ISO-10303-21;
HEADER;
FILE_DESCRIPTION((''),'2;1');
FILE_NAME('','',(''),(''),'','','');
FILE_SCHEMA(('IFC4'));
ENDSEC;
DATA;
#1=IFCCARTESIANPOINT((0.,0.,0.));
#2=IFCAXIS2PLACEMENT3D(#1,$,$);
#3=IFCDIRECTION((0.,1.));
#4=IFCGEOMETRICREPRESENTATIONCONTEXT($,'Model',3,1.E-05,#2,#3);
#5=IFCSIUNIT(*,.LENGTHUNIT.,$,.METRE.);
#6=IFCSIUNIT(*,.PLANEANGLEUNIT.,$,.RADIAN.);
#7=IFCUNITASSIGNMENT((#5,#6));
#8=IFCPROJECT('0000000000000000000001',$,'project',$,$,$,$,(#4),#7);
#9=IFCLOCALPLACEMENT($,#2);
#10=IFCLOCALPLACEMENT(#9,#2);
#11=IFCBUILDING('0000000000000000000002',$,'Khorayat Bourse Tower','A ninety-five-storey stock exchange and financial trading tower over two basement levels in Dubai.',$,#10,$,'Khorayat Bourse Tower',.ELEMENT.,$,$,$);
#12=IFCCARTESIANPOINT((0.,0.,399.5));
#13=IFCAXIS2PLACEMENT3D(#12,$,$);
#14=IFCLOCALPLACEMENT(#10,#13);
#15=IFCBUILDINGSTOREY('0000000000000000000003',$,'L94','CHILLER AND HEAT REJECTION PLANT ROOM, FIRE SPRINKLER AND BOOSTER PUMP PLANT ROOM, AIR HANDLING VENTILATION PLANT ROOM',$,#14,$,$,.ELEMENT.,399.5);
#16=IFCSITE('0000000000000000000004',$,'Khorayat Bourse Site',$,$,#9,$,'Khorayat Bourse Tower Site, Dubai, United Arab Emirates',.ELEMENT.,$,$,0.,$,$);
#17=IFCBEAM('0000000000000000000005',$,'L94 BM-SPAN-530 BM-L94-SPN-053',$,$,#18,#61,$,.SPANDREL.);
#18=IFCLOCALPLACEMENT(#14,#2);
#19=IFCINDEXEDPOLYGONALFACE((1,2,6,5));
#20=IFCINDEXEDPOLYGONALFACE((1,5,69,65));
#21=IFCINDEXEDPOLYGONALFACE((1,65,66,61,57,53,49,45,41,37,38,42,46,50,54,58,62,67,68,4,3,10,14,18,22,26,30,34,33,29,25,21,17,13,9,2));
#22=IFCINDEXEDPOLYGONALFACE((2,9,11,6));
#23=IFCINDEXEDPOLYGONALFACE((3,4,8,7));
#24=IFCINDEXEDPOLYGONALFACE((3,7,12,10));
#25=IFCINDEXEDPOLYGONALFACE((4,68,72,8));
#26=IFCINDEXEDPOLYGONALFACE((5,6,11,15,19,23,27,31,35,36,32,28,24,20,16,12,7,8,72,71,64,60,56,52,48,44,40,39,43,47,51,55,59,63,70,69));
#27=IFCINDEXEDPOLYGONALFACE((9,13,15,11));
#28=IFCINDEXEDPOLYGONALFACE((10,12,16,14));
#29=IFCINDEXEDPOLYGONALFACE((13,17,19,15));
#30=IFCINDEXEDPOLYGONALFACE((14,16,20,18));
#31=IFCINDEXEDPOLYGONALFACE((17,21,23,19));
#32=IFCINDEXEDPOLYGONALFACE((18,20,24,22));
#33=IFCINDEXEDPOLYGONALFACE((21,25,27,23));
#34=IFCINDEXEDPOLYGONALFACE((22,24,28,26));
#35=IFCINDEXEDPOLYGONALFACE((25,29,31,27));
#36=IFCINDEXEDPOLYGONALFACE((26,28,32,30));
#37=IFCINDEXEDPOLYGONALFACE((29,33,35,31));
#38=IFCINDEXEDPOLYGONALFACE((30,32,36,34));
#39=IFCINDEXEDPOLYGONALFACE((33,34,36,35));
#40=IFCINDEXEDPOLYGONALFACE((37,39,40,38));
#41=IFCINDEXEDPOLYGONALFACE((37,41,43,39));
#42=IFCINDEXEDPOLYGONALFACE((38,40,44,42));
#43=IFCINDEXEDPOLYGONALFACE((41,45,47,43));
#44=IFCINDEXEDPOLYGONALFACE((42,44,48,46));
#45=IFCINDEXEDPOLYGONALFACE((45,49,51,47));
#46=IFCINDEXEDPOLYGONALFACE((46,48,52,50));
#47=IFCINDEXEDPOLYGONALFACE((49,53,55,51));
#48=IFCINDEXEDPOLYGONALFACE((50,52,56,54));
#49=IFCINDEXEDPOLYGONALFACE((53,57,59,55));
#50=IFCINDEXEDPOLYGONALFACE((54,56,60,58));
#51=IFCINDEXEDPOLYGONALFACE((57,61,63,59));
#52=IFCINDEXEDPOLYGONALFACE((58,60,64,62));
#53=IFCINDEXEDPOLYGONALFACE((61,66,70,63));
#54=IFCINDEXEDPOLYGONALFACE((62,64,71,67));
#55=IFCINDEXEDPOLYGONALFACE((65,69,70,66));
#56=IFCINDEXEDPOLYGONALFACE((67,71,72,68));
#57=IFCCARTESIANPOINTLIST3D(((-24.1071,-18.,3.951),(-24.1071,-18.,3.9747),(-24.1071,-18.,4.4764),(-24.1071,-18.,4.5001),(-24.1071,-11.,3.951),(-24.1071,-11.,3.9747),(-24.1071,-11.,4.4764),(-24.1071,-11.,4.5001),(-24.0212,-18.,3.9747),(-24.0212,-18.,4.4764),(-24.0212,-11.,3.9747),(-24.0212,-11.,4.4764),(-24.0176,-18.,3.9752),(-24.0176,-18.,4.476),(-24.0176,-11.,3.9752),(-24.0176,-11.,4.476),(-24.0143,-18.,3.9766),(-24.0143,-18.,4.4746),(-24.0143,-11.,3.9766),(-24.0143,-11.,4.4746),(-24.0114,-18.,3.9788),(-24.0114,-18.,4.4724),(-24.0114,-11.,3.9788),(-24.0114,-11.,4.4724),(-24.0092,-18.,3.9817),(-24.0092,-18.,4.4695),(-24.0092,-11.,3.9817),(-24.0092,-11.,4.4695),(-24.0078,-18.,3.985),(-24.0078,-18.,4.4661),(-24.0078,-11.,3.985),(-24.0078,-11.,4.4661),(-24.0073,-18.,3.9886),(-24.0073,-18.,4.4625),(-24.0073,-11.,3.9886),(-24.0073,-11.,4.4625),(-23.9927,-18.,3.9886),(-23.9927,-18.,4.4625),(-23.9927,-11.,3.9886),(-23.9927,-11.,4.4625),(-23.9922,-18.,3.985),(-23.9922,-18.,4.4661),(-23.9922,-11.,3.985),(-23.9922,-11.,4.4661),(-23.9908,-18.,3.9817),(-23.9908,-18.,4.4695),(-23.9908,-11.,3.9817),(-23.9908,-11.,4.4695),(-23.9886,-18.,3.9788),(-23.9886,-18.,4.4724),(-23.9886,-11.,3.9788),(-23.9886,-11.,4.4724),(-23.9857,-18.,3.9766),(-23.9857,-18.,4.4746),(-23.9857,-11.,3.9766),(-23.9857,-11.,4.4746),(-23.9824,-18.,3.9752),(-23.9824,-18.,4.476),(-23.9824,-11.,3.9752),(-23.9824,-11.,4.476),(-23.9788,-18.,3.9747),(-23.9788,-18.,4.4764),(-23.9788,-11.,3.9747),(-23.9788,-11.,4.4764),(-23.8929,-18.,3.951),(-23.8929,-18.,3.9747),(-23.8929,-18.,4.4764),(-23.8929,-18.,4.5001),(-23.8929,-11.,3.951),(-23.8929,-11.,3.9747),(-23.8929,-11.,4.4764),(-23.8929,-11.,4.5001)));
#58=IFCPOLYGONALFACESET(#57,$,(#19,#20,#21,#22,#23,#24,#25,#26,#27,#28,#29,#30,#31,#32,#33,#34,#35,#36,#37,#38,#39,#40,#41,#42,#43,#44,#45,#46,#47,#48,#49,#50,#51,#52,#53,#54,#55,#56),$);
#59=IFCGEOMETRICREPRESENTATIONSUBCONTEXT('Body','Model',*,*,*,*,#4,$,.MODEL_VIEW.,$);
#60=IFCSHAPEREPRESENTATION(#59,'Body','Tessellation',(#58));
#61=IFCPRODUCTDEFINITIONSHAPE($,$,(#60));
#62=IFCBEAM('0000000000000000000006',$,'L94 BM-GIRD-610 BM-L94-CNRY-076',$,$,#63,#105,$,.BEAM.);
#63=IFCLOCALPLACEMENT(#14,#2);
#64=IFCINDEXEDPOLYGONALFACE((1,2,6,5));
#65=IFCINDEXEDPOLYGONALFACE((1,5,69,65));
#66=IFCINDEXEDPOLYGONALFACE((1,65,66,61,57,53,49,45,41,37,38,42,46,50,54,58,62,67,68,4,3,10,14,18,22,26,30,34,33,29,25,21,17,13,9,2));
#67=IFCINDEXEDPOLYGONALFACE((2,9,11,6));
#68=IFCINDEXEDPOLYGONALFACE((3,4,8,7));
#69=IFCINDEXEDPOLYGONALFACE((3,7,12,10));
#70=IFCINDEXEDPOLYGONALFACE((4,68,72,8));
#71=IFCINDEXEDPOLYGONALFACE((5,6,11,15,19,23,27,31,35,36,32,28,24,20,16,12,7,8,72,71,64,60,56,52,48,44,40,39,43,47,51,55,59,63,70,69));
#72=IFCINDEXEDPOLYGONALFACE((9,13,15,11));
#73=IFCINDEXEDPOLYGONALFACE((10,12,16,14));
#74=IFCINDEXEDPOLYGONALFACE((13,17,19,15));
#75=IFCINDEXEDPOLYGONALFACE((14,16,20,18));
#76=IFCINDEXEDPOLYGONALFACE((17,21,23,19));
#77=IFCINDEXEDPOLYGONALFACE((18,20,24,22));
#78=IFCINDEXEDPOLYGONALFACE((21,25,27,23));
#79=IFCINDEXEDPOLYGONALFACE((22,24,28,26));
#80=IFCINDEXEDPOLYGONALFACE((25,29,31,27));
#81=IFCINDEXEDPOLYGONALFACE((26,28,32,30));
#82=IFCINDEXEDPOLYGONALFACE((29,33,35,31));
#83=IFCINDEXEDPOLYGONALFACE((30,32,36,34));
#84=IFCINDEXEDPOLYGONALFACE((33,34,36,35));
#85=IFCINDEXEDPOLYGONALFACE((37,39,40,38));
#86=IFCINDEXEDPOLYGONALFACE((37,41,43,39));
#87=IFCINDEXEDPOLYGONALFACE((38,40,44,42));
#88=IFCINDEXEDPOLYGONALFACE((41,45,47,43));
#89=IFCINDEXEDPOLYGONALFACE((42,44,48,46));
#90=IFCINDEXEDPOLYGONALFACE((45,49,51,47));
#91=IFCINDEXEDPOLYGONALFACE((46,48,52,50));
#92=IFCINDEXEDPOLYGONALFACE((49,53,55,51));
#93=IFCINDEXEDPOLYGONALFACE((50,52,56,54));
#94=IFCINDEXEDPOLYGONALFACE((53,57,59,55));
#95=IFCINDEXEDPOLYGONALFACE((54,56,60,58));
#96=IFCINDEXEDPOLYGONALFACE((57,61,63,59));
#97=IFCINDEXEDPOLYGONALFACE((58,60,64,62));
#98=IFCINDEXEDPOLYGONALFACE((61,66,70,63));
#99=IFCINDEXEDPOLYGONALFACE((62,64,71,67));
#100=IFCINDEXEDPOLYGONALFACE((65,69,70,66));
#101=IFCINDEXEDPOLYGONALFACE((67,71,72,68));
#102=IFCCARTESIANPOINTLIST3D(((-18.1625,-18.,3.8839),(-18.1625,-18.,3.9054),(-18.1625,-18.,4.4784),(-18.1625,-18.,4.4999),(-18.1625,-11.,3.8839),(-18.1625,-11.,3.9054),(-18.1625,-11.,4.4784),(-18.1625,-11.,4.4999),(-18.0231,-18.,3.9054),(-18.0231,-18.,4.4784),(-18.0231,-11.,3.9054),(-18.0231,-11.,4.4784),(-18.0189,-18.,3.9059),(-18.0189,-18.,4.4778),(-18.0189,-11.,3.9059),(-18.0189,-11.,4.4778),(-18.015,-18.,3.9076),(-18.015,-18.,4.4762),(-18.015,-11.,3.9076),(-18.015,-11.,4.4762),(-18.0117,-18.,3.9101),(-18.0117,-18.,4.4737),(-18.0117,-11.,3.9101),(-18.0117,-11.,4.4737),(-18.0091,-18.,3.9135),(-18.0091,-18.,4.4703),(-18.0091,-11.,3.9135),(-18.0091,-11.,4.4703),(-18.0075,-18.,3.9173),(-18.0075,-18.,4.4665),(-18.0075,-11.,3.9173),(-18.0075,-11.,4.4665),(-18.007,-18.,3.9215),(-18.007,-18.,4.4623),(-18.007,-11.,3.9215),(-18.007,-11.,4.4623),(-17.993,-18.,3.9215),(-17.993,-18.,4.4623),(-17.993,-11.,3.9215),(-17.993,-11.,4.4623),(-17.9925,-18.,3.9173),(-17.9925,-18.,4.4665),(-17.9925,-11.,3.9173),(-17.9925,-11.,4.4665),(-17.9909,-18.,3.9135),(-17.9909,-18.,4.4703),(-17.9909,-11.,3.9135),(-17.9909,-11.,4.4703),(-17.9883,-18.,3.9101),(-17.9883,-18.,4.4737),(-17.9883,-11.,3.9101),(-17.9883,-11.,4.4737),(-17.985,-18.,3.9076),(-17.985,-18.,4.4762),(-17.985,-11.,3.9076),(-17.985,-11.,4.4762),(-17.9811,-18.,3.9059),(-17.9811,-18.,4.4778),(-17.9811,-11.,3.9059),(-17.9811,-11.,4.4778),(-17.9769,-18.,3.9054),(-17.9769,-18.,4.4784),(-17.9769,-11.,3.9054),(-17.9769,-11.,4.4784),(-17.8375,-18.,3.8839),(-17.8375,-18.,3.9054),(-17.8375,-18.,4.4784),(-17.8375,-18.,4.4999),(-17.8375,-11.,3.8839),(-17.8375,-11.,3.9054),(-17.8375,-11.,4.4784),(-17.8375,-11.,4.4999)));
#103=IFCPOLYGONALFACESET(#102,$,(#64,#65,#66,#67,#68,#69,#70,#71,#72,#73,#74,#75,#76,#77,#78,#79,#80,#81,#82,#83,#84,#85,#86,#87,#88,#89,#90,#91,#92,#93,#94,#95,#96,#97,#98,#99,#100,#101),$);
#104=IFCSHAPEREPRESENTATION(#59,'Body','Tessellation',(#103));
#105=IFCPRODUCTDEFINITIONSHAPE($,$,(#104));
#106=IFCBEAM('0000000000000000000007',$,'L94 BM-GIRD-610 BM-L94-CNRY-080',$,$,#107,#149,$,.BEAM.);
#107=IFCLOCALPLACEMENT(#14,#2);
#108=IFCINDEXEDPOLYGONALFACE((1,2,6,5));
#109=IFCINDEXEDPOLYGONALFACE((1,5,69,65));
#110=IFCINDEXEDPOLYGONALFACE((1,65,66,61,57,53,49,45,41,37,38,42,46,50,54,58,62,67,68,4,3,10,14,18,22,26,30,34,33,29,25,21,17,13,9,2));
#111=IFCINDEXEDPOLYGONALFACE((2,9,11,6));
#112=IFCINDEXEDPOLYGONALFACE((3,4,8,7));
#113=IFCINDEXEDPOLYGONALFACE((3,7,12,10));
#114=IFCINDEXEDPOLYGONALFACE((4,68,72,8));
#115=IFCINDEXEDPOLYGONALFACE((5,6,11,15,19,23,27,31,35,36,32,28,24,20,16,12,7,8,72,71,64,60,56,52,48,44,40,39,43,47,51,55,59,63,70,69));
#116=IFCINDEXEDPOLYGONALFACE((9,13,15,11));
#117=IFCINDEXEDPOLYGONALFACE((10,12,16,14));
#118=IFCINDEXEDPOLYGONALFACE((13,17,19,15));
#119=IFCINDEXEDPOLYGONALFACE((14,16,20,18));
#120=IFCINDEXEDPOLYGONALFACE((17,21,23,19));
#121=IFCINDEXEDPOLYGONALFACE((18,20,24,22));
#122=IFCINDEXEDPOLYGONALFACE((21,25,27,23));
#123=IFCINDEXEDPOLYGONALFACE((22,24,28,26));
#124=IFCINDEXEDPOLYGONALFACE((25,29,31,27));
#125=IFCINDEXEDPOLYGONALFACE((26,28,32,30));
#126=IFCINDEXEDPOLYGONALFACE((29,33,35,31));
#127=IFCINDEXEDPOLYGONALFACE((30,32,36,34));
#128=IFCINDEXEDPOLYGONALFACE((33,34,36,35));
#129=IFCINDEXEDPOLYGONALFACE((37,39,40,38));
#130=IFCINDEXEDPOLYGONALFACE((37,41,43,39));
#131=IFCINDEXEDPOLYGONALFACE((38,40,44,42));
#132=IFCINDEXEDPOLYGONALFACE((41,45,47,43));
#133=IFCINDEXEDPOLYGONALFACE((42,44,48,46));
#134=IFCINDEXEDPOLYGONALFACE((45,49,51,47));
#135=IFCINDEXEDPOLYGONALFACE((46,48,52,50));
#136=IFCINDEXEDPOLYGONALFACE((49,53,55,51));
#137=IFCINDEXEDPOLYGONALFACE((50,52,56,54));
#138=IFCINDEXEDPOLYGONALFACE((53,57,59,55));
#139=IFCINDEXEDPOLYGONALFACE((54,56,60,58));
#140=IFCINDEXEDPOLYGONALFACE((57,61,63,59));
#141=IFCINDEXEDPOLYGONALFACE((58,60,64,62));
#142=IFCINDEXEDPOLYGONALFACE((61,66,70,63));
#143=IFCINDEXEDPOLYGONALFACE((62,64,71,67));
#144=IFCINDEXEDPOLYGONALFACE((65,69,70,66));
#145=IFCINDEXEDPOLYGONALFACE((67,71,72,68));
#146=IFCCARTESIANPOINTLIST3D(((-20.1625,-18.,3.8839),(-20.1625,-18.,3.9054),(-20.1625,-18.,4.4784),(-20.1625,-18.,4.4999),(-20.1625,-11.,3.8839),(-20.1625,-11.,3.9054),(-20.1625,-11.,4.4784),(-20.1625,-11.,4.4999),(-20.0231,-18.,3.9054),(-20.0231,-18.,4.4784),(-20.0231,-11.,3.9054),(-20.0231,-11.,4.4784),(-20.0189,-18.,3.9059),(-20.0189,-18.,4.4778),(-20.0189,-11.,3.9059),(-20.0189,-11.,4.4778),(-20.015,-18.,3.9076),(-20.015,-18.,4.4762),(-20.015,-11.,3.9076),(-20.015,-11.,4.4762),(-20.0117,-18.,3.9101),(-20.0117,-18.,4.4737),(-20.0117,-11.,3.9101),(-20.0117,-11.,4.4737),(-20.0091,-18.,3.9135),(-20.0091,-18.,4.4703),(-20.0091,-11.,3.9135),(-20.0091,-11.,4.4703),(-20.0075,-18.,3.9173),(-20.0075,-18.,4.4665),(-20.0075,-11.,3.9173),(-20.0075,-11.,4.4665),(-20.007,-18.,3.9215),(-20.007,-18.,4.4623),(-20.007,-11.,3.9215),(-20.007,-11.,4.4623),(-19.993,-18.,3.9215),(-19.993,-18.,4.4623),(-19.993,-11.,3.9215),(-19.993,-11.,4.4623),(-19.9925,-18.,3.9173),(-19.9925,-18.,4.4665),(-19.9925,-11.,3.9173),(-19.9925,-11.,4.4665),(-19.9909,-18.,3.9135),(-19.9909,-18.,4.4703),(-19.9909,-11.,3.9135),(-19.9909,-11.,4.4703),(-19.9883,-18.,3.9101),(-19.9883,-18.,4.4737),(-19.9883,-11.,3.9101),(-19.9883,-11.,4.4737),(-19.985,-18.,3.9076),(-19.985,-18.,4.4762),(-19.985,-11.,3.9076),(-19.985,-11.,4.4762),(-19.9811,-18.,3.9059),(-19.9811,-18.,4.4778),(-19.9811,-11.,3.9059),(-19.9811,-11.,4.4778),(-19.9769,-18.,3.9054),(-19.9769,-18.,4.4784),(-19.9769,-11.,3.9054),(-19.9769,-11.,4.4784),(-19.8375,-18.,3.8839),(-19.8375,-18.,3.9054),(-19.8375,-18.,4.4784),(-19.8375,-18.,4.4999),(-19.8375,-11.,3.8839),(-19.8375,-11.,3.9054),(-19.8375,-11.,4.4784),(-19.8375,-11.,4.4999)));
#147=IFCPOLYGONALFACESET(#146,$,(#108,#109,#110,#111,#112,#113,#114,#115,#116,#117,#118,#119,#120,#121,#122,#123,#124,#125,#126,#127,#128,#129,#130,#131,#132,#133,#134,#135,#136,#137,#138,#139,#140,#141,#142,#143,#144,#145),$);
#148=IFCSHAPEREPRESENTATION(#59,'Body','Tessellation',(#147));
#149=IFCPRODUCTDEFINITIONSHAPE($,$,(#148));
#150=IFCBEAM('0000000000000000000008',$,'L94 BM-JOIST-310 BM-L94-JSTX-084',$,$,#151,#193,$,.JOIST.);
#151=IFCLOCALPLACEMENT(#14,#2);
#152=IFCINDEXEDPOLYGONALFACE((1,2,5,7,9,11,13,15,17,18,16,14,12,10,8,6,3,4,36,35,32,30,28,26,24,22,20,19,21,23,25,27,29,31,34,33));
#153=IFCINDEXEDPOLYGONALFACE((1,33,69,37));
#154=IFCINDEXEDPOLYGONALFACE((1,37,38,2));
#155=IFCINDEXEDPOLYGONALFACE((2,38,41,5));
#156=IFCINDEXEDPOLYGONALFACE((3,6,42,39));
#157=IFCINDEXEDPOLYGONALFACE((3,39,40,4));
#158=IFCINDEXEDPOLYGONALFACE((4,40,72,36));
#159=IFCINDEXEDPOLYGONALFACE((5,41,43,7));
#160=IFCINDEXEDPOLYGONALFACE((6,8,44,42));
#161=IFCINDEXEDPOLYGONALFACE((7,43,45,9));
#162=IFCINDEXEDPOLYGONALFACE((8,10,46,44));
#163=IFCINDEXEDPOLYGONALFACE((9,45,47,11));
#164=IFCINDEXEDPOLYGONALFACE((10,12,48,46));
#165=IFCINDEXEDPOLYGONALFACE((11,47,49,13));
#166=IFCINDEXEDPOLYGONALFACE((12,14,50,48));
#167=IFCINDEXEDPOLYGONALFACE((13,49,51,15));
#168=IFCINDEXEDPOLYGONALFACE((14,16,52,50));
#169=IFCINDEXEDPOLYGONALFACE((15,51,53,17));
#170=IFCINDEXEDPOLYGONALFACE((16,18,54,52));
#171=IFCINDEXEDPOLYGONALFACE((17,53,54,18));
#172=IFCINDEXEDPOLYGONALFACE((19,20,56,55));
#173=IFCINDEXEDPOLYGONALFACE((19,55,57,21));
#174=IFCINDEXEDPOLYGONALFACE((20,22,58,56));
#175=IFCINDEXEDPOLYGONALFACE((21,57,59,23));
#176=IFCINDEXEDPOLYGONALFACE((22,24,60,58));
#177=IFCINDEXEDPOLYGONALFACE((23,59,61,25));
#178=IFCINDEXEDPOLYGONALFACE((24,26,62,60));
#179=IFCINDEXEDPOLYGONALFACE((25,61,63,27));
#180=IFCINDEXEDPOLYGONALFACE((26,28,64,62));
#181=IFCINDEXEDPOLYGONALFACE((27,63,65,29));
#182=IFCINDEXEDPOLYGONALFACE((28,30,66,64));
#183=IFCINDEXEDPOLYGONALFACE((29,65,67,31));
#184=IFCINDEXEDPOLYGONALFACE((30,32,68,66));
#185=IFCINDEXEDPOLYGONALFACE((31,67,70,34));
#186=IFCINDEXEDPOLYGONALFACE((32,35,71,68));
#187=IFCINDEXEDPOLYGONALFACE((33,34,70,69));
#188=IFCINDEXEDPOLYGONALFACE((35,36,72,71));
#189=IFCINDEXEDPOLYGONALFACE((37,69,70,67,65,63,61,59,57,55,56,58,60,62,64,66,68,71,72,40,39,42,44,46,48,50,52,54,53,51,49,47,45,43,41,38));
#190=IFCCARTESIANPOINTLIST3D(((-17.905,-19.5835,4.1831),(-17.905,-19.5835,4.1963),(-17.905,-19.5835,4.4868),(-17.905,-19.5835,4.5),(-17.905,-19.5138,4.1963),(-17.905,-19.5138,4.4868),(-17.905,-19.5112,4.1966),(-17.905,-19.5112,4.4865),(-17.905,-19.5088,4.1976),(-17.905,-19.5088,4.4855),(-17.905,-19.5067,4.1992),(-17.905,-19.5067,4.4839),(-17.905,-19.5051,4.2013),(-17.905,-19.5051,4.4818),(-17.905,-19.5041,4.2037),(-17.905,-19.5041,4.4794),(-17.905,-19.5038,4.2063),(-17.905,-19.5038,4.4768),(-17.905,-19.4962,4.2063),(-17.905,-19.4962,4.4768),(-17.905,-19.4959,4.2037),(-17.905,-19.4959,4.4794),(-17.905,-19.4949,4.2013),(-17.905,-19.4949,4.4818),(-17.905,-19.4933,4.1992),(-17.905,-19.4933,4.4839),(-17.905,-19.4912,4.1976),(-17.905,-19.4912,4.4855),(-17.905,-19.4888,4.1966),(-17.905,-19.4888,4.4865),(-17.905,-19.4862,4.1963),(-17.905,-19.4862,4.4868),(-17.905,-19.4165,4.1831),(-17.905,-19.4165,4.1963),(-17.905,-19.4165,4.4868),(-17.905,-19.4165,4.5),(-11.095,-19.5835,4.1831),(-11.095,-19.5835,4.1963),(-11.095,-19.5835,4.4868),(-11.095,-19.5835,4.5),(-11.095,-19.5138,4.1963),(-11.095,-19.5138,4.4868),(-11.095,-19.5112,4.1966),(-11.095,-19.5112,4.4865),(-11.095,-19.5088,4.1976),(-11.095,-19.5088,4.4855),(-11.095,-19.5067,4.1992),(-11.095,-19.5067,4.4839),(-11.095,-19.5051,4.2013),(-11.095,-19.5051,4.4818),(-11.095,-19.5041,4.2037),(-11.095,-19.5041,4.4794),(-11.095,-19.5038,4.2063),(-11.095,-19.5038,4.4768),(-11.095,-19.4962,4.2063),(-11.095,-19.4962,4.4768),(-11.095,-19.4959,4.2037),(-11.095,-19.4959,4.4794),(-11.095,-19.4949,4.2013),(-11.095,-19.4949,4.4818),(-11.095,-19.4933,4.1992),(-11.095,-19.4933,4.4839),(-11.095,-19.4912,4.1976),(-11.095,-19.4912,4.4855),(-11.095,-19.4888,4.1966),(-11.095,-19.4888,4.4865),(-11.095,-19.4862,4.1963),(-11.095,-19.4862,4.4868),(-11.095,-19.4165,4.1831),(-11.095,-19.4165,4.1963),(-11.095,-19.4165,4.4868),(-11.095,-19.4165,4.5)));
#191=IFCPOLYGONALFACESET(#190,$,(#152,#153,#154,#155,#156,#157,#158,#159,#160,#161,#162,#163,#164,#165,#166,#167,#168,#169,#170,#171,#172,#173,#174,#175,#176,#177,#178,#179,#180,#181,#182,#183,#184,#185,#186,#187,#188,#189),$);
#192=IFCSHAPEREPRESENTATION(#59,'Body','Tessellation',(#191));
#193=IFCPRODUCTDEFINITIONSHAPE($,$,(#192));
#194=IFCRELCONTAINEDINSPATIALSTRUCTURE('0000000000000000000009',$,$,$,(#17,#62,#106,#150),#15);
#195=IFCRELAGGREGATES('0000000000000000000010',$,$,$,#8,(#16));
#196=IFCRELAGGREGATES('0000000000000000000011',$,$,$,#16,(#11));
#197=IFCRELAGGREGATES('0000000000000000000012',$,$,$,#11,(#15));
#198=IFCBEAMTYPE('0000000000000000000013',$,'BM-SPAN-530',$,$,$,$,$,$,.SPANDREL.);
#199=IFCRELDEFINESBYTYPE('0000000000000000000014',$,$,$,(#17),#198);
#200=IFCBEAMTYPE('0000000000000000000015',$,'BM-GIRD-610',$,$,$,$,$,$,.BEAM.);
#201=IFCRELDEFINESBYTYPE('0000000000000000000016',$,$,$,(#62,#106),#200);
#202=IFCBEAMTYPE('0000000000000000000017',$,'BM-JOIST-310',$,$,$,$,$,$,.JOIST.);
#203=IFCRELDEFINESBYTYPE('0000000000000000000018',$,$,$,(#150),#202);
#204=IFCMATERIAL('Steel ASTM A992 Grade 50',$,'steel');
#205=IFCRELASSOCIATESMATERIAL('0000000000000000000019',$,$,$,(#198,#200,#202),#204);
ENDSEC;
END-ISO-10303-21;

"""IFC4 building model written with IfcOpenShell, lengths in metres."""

from ifc_helpers import new_model, si_unit, direction, frame, origin, origin_2d, place, context, subcontext, project, spatial, i_section, extrude, source, transform, mapped, material, material_profile, profile_set, type_object, element, save


model = new_model("IFC4")

# Units and contexts
model_context = context("Model", 3, precision=1e-05, world=origin(), true_north=direction((0.0, 1.0)))
body_context = subcontext(model_context, "Body", "Model", "MODEL_VIEW")
ifc_project = project(units=[si_unit("LENGTHUNIT", "METRE"), si_unit("PLANEANGLEUNIT", "RADIAN")], contexts=[model_context])

# Site, building, storey
site_placement = place(None, origin())
site = spatial("IfcSite", under=ifc_project, at=site_placement, Name="Khorayat Bourse Site", LongName="Khorayat Bourse Tower Site, Dubai, United Arab Emirates", CompositionType="ELEMENT", RefElevation=0.0)
building_placement = place(site_placement, origin())
building = spatial("IfcBuilding", under=site, at=building_placement, Name="Khorayat Bourse Tower", Description="A ninety-five-storey stock exchange and financial trading tower over two basement levels in Dubai.", LongName="Khorayat Bourse Tower", CompositionType="ELEMENT")
storey_placement = place(building_placement, frame((0.0, 0.0, 399.5)))
storey = spatial("IfcBuildingStorey", under=building, at=storey_placement, Name="L94", Description="CHILLER AND HEAT REJECTION PLANT ROOM, FIRE SPRINKLER AND BOOSTER PUMP PLANT ROOM, AIR HANDLING VENTILATION PLANT ROOM", CompositionType="ELEMENT", Elevation=399.5)

# Beams
ifc_material_1 = material(Name="Steel ASTM A992 Grade 50", Category="steel")
ifc_material_profile_1 = material_profile(ifc_material_1, i_section(OverallWidth=0.2141, OverallDepth=0.5491, WebThickness=0.0146, FlangeThickness=0.0237, FilletRadius=0.0139, at=origin_2d()), Name="W530X138")
ifc_profile_set_1 = profile_set([ifc_material_profile_1], Name="Steel ASTM A992 Grade 50")
beam_type_1 = type_object("IfcBeamType", Name="BM-SPAN-530", PredefinedType="SPANDREL", material=ifc_profile_set_1)
shared_shape_1 = source(origin(), body_context, "Body", "SweptSolid", [
    extrude(i_section(OverallWidth=0.2141, OverallDepth=0.5491, WebThickness=0.0146, FlangeThickness=0.0237, FilletRadius=0.0139, at=origin_2d()), origin(), (0.0, 0.0, 1.0), 7.0),
])
for number, where, z_axis, x_axis, name in (
    (1, (-24.0, -18.0, 4.2256), (0.0, 1.0, 0.0), (-1.0, 0.0, 0.0), "L94 BM-SPAN-530 BM-L94-SPN-053"),
):
    element("IfcBeam", number, at=place(storey_placement, frame(where, z_axis=z_axis, x_axis=x_axis)), inside=storey, type_object=beam_type_1, Name=name, PredefinedType="SPANDREL", context=body_context, shape_type="MappedRepresentation", body=[
        mapped(shared_shape_1, transform((0.0, 0.0, 0.0), scale=1.0)),
    ])
ifc_material_profile_2 = material_profile(ifc_material_1, i_section(OverallWidth=0.325, OverallDepth=0.616, WebThickness=0.0139, FlangeThickness=0.0215, FilletRadius=0.0161, at=origin_2d()), Name="W610X174")
ifc_profile_set_2 = profile_set([ifc_material_profile_2], Name="Steel ASTM A992 Grade 50")
beam_type_2 = type_object("IfcBeamType", Name="BM-GIRD-610", PredefinedType="BEAM", material=ifc_profile_set_2)
shared_shape_2 = source(origin(), body_context, "Body", "SweptSolid", [
    extrude(i_section(OverallWidth=0.325, OverallDepth=0.616, WebThickness=0.0139, FlangeThickness=0.0215, FilletRadius=0.0161, at=origin_2d()), origin(), (0.0, 0.0, 1.0), 7.0),
])
for number, where, z_axis, x_axis, name in (
    (2, (-18.0, -18.0, 4.1919), (0.0, 1.0, 0.0), (-1.0, 0.0, 0.0), "L94 BM-GIRD-610 BM-L94-CNRY-076"),
    (3, (-20.0, -18.0, 4.1919), (0.0, 1.0, 0.0), (-1.0, 0.0, 0.0), "L94 BM-GIRD-610 BM-L94-CNRY-080"),
):
    element("IfcBeam", number, at=place(storey_placement, frame(where, z_axis=z_axis, x_axis=x_axis)), inside=storey, type_object=beam_type_2, Name=name, PredefinedType="BEAM", context=body_context, shape_type="MappedRepresentation", body=[
        mapped(shared_shape_2, transform((0.0, 0.0, 0.0), scale=1.0)),
    ])
ifc_material_profile_3 = material_profile(ifc_material_1, i_section(OverallWidth=0.167, OverallDepth=0.3169, WebThickness=0.0076, FlangeThickness=0.0132, FilletRadius=0.01, at=origin_2d()), Name="W310X52")
ifc_profile_set_3 = profile_set([ifc_material_profile_3], Name="Steel ASTM A992 Grade 50")
beam_type_3 = type_object("IfcBeamType", Name="BM-JOIST-310", PredefinedType="JOIST", material=ifc_profile_set_3)
shared_shape_3 = source(origin(), body_context, "Body", "SweptSolid", [
    extrude(i_section(OverallWidth=0.167, OverallDepth=0.3169, WebThickness=0.0076, FlangeThickness=0.0132, FilletRadius=0.01, at=origin_2d()), origin(), (0.0, 0.0, 1.0), 6.8101),
])
beam_placement = place(storey_placement, frame((-17.905, -19.5, 4.3416), z_axis=(1.0, 0.0, 0.0), x_axis=(0.0, 1.0, 0.0)))
element("IfcBeam", 4, at=beam_placement, inside=storey, type_object=beam_type_3, Name="L94 BM-JOIST-310 BM-L94-JSTX-084", PredefinedType="JOIST", context=body_context, shape_type="MappedRepresentation", body=[
    mapped(shared_shape_3, transform((0.0, 0.0, 0.0), scale=1.0)),
])

save(model, "model.ifc")
